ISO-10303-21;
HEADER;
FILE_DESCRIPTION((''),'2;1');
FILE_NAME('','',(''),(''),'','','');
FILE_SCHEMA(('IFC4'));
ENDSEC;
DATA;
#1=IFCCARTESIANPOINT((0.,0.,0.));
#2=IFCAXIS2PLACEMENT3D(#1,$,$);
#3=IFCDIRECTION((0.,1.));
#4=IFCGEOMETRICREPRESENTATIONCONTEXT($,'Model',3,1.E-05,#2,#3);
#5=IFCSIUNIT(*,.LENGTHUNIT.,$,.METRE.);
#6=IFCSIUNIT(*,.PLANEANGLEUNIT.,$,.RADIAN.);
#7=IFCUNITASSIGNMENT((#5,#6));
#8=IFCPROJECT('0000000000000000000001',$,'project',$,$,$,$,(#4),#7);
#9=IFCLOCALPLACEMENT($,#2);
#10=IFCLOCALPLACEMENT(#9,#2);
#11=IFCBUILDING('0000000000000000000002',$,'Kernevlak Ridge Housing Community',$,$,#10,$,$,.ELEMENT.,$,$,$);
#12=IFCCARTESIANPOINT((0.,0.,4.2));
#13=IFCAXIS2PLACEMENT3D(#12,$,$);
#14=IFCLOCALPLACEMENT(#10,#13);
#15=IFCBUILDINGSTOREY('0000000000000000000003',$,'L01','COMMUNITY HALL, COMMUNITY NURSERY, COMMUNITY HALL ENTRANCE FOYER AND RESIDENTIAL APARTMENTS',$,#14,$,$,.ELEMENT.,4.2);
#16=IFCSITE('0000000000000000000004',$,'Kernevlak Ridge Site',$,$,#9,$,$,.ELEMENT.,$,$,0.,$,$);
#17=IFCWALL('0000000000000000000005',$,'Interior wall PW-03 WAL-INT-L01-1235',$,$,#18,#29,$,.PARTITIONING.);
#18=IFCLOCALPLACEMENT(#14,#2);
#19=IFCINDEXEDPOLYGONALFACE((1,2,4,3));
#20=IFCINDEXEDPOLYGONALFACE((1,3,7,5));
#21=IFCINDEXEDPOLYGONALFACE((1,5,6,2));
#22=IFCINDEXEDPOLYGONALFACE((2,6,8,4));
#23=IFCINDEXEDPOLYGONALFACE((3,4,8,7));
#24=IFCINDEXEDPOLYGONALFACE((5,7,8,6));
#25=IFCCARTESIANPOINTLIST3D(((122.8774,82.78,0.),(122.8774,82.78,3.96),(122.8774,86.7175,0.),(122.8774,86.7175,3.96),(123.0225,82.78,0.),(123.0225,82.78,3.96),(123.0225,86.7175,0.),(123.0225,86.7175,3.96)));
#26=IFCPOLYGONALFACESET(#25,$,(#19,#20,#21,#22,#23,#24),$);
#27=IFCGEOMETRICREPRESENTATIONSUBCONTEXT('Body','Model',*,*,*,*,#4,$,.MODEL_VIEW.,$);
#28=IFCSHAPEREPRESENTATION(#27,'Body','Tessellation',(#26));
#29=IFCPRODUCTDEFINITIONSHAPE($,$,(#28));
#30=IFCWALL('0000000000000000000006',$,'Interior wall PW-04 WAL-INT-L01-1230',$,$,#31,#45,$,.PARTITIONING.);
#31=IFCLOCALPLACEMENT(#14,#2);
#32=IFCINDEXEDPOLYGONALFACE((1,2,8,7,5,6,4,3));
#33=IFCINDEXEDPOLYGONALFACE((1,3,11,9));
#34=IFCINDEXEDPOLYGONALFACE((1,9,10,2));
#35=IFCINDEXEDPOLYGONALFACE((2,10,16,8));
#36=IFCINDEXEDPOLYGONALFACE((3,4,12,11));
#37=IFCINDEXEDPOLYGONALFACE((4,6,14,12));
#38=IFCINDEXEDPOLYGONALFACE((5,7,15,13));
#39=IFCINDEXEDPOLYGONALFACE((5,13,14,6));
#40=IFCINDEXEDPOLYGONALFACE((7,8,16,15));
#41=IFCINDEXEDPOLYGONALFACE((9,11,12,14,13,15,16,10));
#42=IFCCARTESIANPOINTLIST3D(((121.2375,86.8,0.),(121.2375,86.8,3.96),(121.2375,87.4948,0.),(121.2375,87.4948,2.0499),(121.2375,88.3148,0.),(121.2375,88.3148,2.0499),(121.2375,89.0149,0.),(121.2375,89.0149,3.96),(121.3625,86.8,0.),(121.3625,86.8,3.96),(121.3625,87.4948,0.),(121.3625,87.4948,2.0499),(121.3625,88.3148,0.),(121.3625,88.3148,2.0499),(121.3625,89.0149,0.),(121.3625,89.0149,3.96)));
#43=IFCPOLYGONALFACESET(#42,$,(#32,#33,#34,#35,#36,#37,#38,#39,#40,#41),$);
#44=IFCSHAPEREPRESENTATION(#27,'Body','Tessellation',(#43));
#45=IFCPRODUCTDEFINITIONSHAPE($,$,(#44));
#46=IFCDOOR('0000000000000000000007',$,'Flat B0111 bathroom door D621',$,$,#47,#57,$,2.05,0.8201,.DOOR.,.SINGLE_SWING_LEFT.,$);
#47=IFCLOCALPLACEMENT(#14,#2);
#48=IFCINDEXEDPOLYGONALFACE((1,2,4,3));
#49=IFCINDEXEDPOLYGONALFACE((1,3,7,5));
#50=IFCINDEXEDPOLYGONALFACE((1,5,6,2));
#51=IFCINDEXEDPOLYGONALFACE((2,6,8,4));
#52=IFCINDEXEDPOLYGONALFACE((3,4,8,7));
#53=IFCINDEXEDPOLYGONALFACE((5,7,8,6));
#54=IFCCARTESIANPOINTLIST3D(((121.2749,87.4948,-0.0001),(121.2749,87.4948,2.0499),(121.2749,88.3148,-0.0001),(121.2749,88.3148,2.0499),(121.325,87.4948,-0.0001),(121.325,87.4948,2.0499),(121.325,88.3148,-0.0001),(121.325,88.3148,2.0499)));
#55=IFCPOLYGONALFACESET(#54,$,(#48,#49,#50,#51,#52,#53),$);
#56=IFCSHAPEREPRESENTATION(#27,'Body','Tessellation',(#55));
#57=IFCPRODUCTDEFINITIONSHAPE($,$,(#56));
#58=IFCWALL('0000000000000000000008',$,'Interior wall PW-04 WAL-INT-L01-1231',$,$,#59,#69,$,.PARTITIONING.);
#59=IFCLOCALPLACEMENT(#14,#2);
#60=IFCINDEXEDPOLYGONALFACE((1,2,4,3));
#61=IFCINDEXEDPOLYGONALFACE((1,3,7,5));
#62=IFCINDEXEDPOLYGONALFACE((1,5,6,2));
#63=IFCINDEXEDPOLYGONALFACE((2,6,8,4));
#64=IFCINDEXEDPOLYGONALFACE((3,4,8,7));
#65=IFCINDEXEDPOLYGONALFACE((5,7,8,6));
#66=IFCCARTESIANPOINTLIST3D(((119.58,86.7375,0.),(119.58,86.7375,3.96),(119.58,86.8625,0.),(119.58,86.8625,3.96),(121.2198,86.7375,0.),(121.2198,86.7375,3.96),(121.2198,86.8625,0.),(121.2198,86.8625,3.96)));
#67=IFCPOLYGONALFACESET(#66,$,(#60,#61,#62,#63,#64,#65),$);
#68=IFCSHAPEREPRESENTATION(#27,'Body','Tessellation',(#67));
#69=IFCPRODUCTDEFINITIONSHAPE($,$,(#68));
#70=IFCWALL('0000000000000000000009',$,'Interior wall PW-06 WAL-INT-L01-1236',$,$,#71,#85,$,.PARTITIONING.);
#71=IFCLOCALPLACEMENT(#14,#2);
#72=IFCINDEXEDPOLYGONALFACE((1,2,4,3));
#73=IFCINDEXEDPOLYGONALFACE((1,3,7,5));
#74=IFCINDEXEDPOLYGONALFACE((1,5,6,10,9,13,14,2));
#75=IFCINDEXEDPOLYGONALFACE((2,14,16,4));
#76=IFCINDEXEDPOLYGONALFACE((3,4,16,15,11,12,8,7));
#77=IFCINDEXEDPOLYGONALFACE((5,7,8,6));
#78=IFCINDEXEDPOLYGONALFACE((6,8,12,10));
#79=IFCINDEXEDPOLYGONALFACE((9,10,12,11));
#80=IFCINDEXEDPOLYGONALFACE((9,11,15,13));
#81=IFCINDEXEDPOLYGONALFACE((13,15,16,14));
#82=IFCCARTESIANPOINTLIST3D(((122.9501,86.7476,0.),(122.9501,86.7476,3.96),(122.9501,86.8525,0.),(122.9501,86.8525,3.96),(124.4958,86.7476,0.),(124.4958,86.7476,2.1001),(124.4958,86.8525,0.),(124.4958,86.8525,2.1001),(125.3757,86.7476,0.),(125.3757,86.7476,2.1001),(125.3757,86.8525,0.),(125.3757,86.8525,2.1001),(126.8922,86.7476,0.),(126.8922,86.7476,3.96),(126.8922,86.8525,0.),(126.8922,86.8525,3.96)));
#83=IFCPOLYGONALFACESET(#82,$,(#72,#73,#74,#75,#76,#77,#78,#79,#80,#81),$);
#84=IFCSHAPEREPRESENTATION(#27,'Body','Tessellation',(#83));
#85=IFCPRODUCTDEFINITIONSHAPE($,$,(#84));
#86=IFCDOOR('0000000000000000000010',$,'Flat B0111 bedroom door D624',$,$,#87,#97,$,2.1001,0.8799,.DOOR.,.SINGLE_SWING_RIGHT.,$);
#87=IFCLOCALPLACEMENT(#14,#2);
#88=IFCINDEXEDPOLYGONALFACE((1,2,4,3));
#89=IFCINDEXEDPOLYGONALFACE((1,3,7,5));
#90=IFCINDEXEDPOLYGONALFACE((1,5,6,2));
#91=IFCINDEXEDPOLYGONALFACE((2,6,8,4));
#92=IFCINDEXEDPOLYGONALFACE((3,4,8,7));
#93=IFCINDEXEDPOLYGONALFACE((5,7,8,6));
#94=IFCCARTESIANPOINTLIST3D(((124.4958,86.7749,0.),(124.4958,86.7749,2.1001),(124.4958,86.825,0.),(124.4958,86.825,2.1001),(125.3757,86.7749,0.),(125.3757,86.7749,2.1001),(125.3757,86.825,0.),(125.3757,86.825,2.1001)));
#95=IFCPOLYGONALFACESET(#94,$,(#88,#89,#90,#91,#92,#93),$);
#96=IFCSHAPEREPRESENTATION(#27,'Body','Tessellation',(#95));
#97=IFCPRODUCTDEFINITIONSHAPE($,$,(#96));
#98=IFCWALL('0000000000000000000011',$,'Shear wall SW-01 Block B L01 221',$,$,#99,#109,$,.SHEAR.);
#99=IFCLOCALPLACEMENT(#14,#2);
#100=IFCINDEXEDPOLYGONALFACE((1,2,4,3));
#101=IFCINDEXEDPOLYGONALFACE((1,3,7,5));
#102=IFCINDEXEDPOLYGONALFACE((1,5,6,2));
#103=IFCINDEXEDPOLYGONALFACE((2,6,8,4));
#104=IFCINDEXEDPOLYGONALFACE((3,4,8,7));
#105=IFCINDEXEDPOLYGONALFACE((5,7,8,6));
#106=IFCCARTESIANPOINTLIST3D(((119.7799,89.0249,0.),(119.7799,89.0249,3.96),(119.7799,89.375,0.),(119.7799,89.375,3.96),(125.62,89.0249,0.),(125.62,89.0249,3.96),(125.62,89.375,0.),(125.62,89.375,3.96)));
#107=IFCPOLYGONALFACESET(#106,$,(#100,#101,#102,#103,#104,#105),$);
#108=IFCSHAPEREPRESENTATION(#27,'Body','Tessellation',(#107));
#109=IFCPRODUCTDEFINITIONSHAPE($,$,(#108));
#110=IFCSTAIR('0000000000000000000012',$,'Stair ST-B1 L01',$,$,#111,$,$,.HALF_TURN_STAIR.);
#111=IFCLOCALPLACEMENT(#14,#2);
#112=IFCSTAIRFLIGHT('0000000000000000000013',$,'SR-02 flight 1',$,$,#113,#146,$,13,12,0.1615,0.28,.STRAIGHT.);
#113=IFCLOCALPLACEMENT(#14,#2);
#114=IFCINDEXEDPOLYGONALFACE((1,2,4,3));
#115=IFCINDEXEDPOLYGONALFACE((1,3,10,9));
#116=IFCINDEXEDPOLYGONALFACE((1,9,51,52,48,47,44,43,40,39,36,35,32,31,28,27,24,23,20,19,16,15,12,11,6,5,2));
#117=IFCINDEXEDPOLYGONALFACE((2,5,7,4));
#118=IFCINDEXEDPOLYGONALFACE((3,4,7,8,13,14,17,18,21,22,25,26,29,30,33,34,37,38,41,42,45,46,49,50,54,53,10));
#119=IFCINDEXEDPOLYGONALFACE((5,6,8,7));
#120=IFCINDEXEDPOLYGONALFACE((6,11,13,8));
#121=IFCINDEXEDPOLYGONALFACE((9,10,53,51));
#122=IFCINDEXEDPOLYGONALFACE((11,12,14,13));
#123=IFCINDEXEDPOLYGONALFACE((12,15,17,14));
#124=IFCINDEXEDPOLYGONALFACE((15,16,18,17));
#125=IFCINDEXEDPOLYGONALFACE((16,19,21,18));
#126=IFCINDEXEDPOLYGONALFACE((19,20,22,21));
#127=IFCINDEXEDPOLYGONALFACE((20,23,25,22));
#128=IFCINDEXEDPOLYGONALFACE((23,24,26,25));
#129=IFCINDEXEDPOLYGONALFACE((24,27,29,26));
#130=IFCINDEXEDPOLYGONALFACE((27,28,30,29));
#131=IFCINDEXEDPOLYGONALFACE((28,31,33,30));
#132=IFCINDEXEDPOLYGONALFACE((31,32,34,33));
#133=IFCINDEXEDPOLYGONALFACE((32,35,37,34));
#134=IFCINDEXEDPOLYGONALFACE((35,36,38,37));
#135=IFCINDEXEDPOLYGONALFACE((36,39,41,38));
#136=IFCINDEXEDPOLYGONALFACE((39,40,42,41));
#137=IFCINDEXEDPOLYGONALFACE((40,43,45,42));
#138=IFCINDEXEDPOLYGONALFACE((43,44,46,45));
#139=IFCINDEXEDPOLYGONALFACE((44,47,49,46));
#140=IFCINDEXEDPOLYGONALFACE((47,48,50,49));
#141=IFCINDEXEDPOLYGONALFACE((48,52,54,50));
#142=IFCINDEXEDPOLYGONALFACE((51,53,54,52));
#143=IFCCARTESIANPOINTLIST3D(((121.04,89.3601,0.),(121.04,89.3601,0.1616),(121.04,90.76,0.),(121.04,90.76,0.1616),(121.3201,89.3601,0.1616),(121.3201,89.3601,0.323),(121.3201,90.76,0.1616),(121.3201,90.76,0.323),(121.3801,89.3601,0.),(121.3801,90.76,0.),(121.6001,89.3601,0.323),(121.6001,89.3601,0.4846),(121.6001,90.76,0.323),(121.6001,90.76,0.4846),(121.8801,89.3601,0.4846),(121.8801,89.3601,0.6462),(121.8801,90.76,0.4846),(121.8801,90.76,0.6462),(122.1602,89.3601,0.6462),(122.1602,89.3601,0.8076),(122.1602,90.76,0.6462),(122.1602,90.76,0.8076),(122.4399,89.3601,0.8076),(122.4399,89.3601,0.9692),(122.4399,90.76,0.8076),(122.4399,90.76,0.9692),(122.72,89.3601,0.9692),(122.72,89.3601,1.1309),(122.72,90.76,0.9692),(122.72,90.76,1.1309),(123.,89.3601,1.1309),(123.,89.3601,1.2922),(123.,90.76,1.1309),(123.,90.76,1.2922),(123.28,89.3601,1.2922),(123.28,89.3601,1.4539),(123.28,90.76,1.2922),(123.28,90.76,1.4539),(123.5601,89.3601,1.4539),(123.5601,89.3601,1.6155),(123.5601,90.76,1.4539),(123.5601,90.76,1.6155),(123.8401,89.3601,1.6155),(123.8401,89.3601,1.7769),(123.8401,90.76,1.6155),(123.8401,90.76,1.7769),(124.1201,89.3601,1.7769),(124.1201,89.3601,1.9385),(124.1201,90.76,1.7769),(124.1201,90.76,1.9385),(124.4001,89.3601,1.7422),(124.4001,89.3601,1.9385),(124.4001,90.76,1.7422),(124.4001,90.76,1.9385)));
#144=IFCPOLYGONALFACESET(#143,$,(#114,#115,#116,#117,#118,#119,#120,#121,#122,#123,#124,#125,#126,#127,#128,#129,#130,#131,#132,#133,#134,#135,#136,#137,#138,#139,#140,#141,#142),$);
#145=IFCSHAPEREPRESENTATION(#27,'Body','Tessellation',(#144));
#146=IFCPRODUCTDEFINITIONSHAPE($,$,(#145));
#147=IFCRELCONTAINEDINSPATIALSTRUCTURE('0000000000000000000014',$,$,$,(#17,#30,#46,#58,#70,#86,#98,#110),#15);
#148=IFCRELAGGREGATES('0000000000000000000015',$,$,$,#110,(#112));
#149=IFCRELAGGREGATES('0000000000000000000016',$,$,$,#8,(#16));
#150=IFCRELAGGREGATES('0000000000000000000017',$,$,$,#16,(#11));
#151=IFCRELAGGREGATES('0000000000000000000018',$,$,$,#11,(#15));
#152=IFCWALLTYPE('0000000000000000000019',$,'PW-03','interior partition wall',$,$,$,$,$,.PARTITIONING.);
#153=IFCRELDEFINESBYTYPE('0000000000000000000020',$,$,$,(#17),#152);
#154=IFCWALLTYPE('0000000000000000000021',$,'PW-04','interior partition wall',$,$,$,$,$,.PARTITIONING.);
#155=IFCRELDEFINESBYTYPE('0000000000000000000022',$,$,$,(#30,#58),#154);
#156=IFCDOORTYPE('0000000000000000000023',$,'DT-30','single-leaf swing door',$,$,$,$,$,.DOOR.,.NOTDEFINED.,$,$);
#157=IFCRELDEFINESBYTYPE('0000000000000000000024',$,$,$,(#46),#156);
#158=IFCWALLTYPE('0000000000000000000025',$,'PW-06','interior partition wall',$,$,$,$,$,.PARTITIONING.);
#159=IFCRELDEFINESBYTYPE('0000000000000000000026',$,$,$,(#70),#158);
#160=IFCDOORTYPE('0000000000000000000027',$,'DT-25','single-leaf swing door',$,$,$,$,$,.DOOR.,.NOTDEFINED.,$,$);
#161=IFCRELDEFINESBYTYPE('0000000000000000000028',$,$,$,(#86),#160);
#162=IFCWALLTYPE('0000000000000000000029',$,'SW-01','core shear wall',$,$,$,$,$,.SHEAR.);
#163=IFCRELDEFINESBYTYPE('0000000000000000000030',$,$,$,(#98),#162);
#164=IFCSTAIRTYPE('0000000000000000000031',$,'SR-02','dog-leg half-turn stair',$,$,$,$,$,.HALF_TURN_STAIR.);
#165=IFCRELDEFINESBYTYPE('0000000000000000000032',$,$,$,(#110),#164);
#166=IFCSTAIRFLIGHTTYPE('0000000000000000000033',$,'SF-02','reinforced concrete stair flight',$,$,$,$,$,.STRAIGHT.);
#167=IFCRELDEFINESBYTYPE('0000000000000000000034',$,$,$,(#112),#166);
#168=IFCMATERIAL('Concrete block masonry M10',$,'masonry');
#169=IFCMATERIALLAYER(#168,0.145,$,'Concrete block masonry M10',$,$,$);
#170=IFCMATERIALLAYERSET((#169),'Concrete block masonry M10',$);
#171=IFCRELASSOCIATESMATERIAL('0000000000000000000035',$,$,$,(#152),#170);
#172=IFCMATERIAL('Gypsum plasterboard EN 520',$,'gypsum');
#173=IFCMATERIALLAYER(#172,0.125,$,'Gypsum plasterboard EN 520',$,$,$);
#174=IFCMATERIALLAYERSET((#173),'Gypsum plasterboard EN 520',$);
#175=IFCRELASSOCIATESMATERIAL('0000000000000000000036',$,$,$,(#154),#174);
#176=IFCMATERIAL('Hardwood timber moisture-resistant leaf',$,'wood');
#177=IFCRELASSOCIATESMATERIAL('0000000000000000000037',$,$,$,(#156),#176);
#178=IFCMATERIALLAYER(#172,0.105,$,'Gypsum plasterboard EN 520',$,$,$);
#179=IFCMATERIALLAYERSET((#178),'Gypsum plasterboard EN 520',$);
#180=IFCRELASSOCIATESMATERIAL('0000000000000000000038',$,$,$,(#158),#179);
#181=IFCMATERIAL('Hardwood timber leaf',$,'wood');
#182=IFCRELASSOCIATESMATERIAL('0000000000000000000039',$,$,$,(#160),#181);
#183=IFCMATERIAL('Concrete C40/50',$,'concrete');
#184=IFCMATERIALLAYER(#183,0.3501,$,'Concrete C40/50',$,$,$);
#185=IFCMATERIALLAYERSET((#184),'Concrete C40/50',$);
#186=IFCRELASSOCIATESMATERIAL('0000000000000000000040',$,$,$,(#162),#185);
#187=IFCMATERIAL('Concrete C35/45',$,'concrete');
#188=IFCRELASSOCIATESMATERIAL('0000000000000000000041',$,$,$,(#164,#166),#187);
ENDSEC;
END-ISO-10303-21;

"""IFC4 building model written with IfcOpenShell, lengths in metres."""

from ifc_helpers import new_model, si_unit, direction, frame, frame_2d, origin, place, context, subcontext, project, spatial, polyline, rectangle, outline, extrude, material, layer, layer_set, type_object, element, fill, aggregate, save


model = new_model("IFC4")

# Units and contexts
model_context = context("Model", 3, precision=1e-05, world=origin(), true_north=direction((0.0, 1.0)))
body_context = subcontext(model_context, "Body", "Model", "MODEL_VIEW")
ifc_project = project(units=[si_unit("LENGTHUNIT", "METRE"), si_unit("PLANEANGLEUNIT", "RADIAN")], contexts=[model_context])

# Site, building, storey
site_placement = place(None, origin())
site = spatial("IfcSite", under=ifc_project, at=site_placement, Name="Kernevlak Ridge Site", CompositionType="ELEMENT", RefElevation=0.0)
building_placement = place(site_placement, origin())
building = spatial("IfcBuilding", under=site, at=building_placement, Name="Kernevlak Ridge Housing Community", CompositionType="ELEMENT")
storey_placement = place(building_placement, frame((0.0, 0.0, 4.2)))
storey = spatial("IfcBuildingStorey", under=building, at=storey_placement, Name="L01", Description="COMMUNITY HALL, COMMUNITY NURSERY, COMMUNITY HALL ENTRANCE FOYER AND RESIDENTIAL APARTMENTS", CompositionType="ELEMENT", Elevation=4.2)

# Shared definitions
ifc_material_1 = material(Name="Concrete C35/45", Category="concrete")

# Shared definitions
ifc_material_2 = material(Name="Concrete block masonry M10", Category="masonry")

# Shared definitions
ifc_layer_1 = layer(ifc_material_2, 0.145, Name="Concrete block masonry M10")
ifc_layer_set_1 = layer_set([ifc_layer_1], Name="Concrete block masonry M10")
wall_type_1 = type_object("IfcWallType", Name="PW-03", Description="interior partition wall", PredefinedType="PARTITIONING", material=ifc_layer_set_1)
ifc_material_3 = material(Name="Hardwood timber leaf", Category="wood")

# Wall
wall_1_placement = place(storey_placement, frame((122.95, 86.7175, 0.0), z_axis=(0.0, 0.0, 1.0), x_axis=(0.0, -1.0, 0.0)))
element("IfcWall", 1, at=wall_1_placement, inside=storey, type_object=wall_type_1, Name="Interior wall PW-03 WAL-INT-L01-1235", PredefinedType="PARTITIONING", context=body_context, shape_type="SweptSolid", body=[
    extrude(rectangle(XDim=3.9375, YDim=0.145, at=frame_2d((1.9688, 0.0))), origin(), (0.0, 0.0, 1.0), 3.96),
])

# Wall, opening, door
ifc_material_4 = material(Name="Gypsum plasterboard EN 520", Category="gypsum")
ifc_layer_2 = layer(ifc_material_4, 0.125, Name="Gypsum plasterboard EN 520")
ifc_layer_set_2 = layer_set([ifc_layer_2], Name="Gypsum plasterboard EN 520")
wall_type_2 = type_object("IfcWallType", Name="PW-04", Description="interior partition wall", PredefinedType="PARTITIONING", material=ifc_layer_set_2)
wall_2_placement = place(storey_placement, frame((121.3, 89.0149, 0.0), z_axis=(0.0, 0.0, 1.0), x_axis=(0.0, -1.0, 0.0)))
wall_2 = element("IfcWall", 2, at=wall_2_placement, inside=storey, type_object=wall_type_2, Name="Interior wall PW-04 WAL-INT-L01-1230", PredefinedType="PARTITIONING", context=body_context, shape_type="SweptSolid", body=[
    extrude(rectangle(XDim=2.2148, YDim=0.125, at=frame_2d((1.1074, 0.0))), origin(), (0.0, 0.0, 1.0), 3.96),
])
opening_1_placement = place(wall_2_placement, frame((0.7, 0.0, 0.0)))
opening_1 = element("IfcOpeningElement", 3, at=opening_1_placement, cuts=wall_2, PredefinedType="OPENING", context=body_context, shape_type="SweptSolid", body=[
    extrude(rectangle(XDim=0.8201, YDim=2.05, at=frame_2d((0.4102, 1.0249))), frame((0.0, 0.0725, 0.0), z_axis=(0.0, -1.0, 0.0), x_axis=(1.0, 0.0, 0.0)), (0.0, 0.0, 1.0), 0.145),
])
ifc_material_5 = material(Name="Hardwood timber moisture-resistant leaf", Category="wood")
door_type_1 = type_object("IfcDoorType", Name="DT-30", Description="single-leaf swing door", OperationType="NOTDEFINED", PredefinedType="DOOR", material=ifc_material_5)
door_1_placement = place(opening_1_placement, origin())
door_1 = element("IfcDoor", 4, at=door_1_placement, inside=storey, type_object=door_type_1, Name="Flat B0111 bathroom door D621", OperationType="SINGLE_SWING_LEFT", OverallHeight=2.05, OverallWidth=0.8201, PredefinedType="DOOR", context=body_context, shape_type="SweptSolid", body=[
    extrude(rectangle(XDim=0.8201, YDim=2.05, at=frame_2d((0.4102, 1.0249))), frame((0.0, 0.0249, 0.0), z_axis=(0.0, -1.0, 0.0), x_axis=(1.0, 0.0, 0.0)), (0.0, 0.0, 1.0), 0.05),
])
fill(opening_1, door_1)

# Wall
wall_3_placement = place(storey_placement, frame((119.5801, 86.8, 0.0), z_axis=(0.0, 0.0, 1.0), x_axis=(1.0, 0.0, 0.0)))
element("IfcWall", 5, at=wall_3_placement, inside=storey, type_object=wall_type_2, Name="Interior wall PW-04 WAL-INT-L01-1231", PredefinedType="PARTITIONING", context=body_context, shape_type="SweptSolid", body=[
    extrude(rectangle(XDim=1.6399, YDim=0.125, at=frame_2d((0.8198, 0.0))), origin(), (0.0, 0.0, 1.0), 3.96),
])

# Wall, opening, door
ifc_layer_3 = layer(ifc_material_4, 0.105, Name="Gypsum plasterboard EN 520")
ifc_layer_set_3 = layer_set([ifc_layer_3], Name="Gypsum plasterboard EN 520")
wall_type_3 = type_object("IfcWallType", Name="PW-06", Description="interior partition wall", PredefinedType="PARTITIONING", material=ifc_layer_set_3)
wall_4_placement = place(storey_placement, frame((122.95, 86.8, 0.0), z_axis=(0.0, 0.0, 1.0), x_axis=(1.0, 0.0, 0.0)))
wall_4 = element("IfcWall", 6, at=wall_4_placement, inside=storey, type_object=wall_type_3, Name="Interior wall PW-06 WAL-INT-L01-1236", PredefinedType="PARTITIONING", context=body_context, shape_type="SweptSolid", body=[
    extrude(rectangle(XDim=3.9421, YDim=0.105, at=frame_2d((1.9712, 0.0))), origin(), (0.0, 0.0, 1.0), 3.96),
])
opening_2_placement = place(wall_4_placement, frame((1.5459, 0.0, 0.0)))
opening_2 = element("IfcOpeningElement", 7, at=opening_2_placement, cuts=wall_4, PredefinedType="OPENING", context=body_context, shape_type="SweptSolid", body=[
    extrude(rectangle(XDim=0.8799, YDim=2.1001, at=frame_2d((0.4399, 1.05))), frame((0.0, 0.0625, 0.0), z_axis=(0.0, -1.0, 0.0), x_axis=(1.0, 0.0, 0.0)), (0.0, 0.0, 1.0), 0.125),
])
door_type_2 = type_object("IfcDoorType", Name="DT-25", Description="single-leaf swing door", OperationType="NOTDEFINED", PredefinedType="DOOR", material=ifc_material_3)
door_2_placement = place(opening_2_placement, origin())
door_2 = element("IfcDoor", 8, at=door_2_placement, inside=storey, type_object=door_type_2, Name="Flat B0111 bedroom door D624", OperationType="SINGLE_SWING_RIGHT", OverallHeight=2.1001, OverallWidth=0.8799, PredefinedType="DOOR", context=body_context, shape_type="SweptSolid", body=[
    extrude(rectangle(XDim=0.8799, YDim=2.1001, at=frame_2d((0.4399, 1.05))), frame((0.0, 0.0249, 0.0), z_axis=(0.0, -1.0, 0.0), x_axis=(1.0, 0.0, 0.0)), (0.0, 0.0, 1.0), 0.05),
])
fill(opening_2, door_2)

# Wall
ifc_material_6 = material(Name="Concrete C40/50", Category="concrete")
ifc_layer_4 = layer(ifc_material_6, 0.3501, Name="Concrete C40/50")
ifc_layer_set_4 = layer_set([ifc_layer_4], Name="Concrete C40/50")
wall_type_4 = type_object("IfcWallType", Name="SW-01", Description="core shear wall", PredefinedType="SHEAR", material=ifc_layer_set_4)
wall_5_placement = place(storey_placement, frame((119.78, 89.2, 0.0), z_axis=(0.0, 0.0, 1.0), x_axis=(1.0, 0.0, 0.0)))
element("IfcWall", 9, at=wall_5_placement, inside=storey, type_object=wall_type_4, Name="Shear wall SW-01 Block B L01 221", PredefinedType="SHEAR", context=body_context, shape_type="SweptSolid", body=[
    extrude(rectangle(XDim=5.8401, YDim=0.3501, at=frame_2d((2.9199, 0.0))), origin(), (0.0, 0.0, 1.0), 3.96),
])

# Stair, stair flight
stair_type = type_object("IfcStairType", Name="SR-02", Description="dog-leg half-turn stair", PredefinedType="HALF_TURN_STAIR", material=ifc_material_1)
stair_placement = place(storey_placement, origin())
stair = element("IfcStair", 10, at=stair_placement, inside=storey, type_object=stair_type, Name="Stair ST-B1 L01", PredefinedType="HALF_TURN_STAIR")
stair_flight_type = type_object("IfcStairFlightType", Name="SF-02", Description="reinforced concrete stair flight", PredefinedType="STRAIGHT", material=ifc_material_1)
stair_flight_placement = place(storey_placement, frame((121.04, 90.0601, 0.0), z_axis=(0.0, 0.0, 1.0), x_axis=(1.0, 0.0, 0.0)))
stair_flight = element("IfcStairFlight", 11, at=stair_flight_placement, type_object=stair_flight_type, Name="SR-02 flight 1", NumberOfRisers=13, NumberOfTreads=12, PredefinedType="STRAIGHT", RiserHeight=0.1615, TreadLength=0.28, context=body_context, shape_type="SweptSolid", body=[
    extrude(outline(polyline([(0.0, 0.0), (0.0, 0.1616), (0.28, 0.1616), (0.28, 0.323), (0.5601, 0.323), (0.5601, 0.4846), (0.8401, 0.4846), (0.8401, 0.6462), (1.1201, 0.6462), (1.1201, 0.8076), (1.3999, 0.8076), (1.3999, 0.9692), (1.6799, 0.9692), (1.6799, 1.1309), (1.96, 1.1309), (1.96, 1.2922), (2.24, 1.2922), (2.24, 1.4539), (2.52, 1.4539), (2.52, 1.6155), (2.8, 1.6155), (2.8, 1.7769), (3.0801, 1.7769), (3.0801, 1.9385), (3.3601, 1.9385), (3.3601, 2.1001), (3.3601, 1.7422), (0.3401, 0.0), (0.0, 0.0)])), frame((0.0, 0.7, 0.0), z_axis=(0.0, -1.0, 0.0), x_axis=(1.0, 0.0, 0.0)), (0.0, 0.0, 1.0), 1.3999),
])
aggregate(stair, [stair_flight])

save(model, "model.ifc")
